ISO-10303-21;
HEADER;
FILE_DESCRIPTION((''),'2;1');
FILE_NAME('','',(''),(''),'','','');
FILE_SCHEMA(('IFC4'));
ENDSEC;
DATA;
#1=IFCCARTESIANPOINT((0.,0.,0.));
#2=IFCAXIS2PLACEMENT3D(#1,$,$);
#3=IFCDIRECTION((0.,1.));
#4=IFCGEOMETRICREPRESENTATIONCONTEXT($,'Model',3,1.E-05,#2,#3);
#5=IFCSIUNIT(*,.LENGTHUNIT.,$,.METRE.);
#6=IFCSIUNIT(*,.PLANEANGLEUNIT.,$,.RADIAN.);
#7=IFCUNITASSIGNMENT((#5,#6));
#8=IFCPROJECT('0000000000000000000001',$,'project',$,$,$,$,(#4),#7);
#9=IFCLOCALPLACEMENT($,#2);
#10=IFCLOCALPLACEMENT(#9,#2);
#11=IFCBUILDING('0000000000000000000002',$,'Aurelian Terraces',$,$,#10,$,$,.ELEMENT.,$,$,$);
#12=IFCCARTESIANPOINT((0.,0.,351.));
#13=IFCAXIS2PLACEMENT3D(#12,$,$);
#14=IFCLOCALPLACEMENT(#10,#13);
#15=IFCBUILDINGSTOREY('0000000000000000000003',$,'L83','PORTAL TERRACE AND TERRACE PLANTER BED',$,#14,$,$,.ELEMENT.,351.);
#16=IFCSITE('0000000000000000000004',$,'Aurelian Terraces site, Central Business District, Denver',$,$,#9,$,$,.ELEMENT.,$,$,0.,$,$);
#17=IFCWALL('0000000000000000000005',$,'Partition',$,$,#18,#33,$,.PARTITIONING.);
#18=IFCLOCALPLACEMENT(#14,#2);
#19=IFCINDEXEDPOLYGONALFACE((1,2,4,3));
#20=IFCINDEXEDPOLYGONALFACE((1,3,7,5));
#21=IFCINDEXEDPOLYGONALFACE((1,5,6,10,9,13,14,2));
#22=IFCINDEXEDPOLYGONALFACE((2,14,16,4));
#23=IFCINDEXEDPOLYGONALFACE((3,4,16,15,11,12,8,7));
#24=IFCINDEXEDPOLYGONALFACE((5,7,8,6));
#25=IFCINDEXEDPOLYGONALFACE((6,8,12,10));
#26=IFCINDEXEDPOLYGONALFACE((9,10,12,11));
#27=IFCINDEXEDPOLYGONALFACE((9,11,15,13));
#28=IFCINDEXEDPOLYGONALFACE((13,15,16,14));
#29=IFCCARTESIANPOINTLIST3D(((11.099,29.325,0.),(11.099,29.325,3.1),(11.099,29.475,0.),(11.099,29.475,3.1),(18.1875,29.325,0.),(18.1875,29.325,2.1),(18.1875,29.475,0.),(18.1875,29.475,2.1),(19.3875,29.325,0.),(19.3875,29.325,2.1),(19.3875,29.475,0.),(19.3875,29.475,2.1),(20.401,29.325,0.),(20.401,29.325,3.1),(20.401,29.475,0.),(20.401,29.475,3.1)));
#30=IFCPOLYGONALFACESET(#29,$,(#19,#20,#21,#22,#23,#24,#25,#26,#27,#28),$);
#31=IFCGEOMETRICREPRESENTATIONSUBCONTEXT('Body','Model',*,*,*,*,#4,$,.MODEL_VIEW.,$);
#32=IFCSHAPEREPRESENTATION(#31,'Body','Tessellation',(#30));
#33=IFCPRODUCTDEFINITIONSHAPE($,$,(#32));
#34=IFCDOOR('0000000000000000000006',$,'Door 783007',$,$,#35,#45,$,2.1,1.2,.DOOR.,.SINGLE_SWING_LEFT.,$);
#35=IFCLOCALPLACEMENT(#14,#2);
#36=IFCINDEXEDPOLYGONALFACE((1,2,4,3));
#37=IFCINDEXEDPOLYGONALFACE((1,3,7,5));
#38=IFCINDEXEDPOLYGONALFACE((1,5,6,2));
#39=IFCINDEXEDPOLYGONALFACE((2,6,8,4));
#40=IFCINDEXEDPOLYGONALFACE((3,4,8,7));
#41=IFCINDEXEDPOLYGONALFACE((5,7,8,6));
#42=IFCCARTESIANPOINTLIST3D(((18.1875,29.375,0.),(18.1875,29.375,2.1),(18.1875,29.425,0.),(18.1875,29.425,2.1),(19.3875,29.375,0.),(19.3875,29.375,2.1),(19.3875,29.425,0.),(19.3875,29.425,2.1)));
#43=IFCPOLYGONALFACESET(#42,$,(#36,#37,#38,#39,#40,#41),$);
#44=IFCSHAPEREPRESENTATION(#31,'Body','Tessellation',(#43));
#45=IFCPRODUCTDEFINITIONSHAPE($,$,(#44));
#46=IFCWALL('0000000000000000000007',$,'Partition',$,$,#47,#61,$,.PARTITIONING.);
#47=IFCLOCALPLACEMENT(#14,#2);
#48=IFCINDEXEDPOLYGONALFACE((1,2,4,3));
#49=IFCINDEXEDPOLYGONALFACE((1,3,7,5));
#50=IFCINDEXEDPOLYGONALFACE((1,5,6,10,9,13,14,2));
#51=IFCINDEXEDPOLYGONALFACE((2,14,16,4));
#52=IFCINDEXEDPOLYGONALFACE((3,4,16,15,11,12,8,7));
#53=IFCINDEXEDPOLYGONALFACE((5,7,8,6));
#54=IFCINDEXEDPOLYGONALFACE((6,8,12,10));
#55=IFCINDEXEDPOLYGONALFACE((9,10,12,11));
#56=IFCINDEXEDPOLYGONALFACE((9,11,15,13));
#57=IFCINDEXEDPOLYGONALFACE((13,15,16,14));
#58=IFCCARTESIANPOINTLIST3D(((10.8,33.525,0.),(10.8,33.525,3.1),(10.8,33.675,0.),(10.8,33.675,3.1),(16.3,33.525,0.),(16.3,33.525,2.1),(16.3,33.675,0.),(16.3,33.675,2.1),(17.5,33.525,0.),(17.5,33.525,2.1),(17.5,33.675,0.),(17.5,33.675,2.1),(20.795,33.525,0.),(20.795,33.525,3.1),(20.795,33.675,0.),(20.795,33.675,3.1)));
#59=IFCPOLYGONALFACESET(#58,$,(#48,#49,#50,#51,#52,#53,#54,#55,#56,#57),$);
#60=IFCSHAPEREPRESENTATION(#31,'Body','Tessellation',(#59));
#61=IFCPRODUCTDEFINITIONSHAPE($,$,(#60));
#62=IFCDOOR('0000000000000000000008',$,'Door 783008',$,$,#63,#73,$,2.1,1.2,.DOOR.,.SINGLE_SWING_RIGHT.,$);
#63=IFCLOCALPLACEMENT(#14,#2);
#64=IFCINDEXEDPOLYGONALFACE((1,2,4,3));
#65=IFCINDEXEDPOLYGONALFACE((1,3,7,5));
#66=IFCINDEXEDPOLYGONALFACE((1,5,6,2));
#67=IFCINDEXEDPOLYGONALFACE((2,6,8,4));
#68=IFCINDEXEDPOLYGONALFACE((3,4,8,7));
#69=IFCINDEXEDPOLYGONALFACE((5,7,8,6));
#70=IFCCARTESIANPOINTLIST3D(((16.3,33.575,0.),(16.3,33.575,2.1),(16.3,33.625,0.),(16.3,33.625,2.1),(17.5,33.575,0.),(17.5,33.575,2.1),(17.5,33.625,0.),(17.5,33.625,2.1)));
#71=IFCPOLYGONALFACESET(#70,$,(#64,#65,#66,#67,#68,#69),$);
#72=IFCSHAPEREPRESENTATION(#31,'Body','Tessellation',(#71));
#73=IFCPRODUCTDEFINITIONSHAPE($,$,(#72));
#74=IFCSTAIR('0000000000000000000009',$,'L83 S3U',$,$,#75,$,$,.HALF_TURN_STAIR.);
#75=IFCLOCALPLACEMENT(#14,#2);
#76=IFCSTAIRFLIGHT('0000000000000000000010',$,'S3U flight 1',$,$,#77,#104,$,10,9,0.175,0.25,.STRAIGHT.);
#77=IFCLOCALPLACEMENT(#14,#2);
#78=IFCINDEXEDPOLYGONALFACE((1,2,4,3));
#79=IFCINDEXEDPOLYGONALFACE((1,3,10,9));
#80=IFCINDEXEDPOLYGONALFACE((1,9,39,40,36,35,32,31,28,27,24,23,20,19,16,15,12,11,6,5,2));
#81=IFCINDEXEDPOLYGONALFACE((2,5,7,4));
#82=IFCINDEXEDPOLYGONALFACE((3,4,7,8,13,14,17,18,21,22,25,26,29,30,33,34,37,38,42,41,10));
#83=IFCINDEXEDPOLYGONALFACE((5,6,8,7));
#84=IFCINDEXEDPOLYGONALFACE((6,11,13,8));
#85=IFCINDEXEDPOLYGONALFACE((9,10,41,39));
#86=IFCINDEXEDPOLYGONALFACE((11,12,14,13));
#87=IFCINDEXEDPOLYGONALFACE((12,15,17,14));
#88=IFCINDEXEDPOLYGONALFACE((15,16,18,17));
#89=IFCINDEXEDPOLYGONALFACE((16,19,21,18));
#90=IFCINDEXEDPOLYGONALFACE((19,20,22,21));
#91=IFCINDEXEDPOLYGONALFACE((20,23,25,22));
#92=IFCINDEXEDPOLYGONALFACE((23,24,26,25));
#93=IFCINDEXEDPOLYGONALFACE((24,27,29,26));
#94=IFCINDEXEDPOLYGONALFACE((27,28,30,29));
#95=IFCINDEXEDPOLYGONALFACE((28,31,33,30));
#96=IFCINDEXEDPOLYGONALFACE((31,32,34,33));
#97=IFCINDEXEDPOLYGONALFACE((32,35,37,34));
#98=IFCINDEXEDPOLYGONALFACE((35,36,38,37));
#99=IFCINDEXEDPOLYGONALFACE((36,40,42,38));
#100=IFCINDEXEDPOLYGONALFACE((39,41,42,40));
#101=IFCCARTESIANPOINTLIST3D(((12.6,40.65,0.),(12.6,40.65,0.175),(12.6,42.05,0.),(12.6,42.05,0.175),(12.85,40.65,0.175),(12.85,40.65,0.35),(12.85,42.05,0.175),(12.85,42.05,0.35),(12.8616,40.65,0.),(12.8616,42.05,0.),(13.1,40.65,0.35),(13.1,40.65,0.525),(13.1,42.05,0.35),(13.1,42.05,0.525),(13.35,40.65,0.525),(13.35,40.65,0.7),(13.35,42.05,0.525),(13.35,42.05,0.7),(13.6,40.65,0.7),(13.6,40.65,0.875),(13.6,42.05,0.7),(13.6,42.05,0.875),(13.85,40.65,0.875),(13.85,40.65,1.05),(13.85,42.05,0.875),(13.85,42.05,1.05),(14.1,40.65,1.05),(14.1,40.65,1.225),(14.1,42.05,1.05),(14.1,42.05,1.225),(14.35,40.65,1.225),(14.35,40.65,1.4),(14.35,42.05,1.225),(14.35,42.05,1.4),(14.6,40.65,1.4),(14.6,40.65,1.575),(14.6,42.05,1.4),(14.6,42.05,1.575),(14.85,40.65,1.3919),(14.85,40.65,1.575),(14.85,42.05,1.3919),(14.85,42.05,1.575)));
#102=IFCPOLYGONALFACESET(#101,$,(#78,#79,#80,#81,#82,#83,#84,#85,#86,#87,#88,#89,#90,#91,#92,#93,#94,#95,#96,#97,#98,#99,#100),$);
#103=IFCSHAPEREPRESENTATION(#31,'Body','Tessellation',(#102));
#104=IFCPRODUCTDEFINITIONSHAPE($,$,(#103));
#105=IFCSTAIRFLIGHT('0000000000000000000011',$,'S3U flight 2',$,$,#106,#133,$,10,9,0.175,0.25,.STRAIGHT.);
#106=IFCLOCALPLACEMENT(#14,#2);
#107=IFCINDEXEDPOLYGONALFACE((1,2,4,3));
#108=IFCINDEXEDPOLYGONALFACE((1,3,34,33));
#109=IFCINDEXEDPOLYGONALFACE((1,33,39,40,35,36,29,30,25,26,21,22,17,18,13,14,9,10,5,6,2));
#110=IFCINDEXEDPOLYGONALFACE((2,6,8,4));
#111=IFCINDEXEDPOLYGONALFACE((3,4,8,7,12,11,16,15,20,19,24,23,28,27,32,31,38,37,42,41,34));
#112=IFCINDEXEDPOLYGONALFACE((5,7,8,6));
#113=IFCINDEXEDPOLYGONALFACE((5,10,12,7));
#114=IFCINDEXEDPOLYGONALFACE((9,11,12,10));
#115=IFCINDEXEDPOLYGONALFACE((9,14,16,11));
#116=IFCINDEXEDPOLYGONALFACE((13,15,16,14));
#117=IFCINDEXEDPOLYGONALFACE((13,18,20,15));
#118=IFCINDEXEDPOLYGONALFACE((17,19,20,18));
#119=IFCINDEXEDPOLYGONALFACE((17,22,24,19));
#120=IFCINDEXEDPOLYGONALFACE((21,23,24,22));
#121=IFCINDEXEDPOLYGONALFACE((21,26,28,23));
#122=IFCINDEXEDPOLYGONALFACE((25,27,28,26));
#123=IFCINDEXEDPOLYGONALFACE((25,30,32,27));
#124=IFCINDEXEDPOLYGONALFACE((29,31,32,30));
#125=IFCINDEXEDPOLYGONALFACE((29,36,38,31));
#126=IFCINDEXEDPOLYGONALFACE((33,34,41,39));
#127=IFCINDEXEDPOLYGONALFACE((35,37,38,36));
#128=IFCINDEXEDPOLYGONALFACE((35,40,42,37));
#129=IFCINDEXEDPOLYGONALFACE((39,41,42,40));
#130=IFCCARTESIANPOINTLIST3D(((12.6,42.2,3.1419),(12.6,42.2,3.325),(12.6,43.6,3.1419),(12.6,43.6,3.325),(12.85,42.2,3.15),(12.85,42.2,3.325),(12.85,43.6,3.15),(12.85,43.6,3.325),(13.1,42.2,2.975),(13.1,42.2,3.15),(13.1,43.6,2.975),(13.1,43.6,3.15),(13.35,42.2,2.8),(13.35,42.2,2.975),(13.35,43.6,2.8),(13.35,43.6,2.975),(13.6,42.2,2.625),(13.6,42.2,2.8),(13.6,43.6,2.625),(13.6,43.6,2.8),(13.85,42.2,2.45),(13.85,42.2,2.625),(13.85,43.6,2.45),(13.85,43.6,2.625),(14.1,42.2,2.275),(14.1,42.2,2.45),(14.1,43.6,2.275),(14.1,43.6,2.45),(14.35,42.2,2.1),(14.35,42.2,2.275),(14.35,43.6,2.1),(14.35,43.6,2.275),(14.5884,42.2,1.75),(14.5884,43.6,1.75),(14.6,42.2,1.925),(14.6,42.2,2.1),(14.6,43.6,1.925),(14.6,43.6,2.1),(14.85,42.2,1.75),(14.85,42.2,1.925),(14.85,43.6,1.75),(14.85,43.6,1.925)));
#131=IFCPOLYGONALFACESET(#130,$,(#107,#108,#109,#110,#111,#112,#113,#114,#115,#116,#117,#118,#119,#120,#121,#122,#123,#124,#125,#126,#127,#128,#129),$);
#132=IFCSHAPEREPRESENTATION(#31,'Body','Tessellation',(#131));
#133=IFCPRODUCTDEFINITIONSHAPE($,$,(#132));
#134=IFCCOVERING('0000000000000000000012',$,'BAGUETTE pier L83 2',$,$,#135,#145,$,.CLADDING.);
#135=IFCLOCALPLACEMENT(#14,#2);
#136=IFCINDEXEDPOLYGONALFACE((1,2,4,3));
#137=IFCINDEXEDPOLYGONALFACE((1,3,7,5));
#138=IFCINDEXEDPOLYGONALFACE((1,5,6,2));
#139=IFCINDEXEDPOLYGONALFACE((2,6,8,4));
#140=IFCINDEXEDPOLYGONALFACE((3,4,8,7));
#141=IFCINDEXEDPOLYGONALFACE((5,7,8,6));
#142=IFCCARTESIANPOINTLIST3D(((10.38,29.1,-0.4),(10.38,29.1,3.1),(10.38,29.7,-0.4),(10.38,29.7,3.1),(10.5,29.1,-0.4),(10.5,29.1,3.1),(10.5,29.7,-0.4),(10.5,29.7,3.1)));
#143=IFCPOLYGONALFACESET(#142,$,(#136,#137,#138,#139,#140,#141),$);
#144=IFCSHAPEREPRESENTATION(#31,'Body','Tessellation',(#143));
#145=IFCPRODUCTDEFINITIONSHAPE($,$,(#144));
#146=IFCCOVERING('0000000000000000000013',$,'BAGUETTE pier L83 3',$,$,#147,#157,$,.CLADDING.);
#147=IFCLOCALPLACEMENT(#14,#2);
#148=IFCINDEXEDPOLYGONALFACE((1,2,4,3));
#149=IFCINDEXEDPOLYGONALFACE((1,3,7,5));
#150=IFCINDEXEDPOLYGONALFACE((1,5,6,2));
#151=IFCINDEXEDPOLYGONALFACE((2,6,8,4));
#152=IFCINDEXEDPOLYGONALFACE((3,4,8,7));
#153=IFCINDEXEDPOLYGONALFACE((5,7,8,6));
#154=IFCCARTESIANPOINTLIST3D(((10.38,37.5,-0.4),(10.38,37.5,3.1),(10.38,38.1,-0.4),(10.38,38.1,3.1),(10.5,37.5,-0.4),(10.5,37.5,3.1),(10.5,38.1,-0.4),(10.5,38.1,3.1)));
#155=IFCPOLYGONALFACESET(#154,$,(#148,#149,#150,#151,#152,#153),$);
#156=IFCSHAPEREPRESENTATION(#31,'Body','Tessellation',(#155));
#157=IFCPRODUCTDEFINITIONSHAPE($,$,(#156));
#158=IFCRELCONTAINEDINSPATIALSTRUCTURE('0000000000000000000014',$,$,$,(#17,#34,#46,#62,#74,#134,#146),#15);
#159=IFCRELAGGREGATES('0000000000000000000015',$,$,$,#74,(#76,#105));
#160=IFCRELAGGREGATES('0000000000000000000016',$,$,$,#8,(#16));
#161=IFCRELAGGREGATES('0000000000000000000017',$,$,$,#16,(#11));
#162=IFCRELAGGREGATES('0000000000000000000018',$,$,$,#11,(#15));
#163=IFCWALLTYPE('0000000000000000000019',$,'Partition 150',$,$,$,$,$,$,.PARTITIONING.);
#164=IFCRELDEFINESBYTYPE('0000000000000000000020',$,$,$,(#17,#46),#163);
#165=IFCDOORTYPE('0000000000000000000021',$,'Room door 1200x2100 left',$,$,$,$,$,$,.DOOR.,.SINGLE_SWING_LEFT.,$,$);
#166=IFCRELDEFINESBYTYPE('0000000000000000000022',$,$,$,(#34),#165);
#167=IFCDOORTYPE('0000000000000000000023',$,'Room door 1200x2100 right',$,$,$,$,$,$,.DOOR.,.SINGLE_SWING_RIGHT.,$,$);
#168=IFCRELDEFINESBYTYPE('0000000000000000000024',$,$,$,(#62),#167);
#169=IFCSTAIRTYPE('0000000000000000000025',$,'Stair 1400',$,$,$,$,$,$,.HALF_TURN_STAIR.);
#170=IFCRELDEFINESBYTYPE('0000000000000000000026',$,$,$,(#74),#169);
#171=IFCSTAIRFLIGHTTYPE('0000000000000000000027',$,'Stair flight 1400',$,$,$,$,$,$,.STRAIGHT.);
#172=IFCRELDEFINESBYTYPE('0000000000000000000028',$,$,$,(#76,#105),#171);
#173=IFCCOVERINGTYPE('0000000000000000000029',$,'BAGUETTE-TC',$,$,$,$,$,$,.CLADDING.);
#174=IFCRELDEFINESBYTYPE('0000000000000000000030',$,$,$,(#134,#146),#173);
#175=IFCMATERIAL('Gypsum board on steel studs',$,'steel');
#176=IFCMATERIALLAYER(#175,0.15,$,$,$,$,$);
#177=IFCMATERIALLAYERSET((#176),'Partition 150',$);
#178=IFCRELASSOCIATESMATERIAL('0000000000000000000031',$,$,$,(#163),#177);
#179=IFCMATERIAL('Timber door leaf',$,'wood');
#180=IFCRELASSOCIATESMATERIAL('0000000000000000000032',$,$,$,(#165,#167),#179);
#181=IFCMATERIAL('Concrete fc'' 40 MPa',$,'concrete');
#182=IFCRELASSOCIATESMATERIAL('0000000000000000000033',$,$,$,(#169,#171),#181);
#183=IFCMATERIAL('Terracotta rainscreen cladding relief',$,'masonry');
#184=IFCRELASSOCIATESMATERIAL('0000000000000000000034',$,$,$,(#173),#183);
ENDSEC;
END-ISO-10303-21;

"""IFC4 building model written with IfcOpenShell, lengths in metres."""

from ifc_helpers import new_model, si_unit, direction, frame, frame_2d, origin, origin_2d, place, context, subcontext, project, spatial, polyline, rectangle, outline, extrude, source, transform, mapped, material, layer, layer_set, type_object, element, fill, aggregate, save


model = new_model("IFC4")

# Units and contexts
model_context = context("Model", 3, precision=1e-05, world=origin(), true_north=direction((0.0, 1.0)))
body_context = subcontext(model_context, "Body", "Model", "MODEL_VIEW")
ifc_project = project(units=[si_unit("LENGTHUNIT", "METRE"), si_unit("PLANEANGLEUNIT", "RADIAN")], contexts=[model_context])

# Site, building, storey
site_placement = place(None, origin())
site = spatial("IfcSite", under=ifc_project, at=site_placement, Name="Aurelian Terraces site, Central Business District, Denver", CompositionType="ELEMENT", RefElevation=0.0)
building_placement = place(site_placement, origin())
building = spatial("IfcBuilding", under=site, at=building_placement, Name="Aurelian Terraces", CompositionType="ELEMENT")
storey_placement = place(building_placement, frame((0.0, 0.0, 351.0)))
storey = spatial("IfcBuildingStorey", under=building, at=storey_placement, Name="L83", Description="PORTAL TERRACE AND TERRACE PLANTER BED", CompositionType="ELEMENT", Elevation=351.0)

# Shared definitions
ifc_material_1 = material(Name="Concrete fc' 40 MPa", Category="concrete")

# Shared definitions
ifc_material_2 = material(Name="Timber door leaf", Category="wood")

# Shared definitions
ifc_material_3 = material(Name="Gypsum board on steel studs", Category="steel")

# Walls, openings, doors
ifc_layer_1 = layer(ifc_material_3, 0.15)
ifc_layer_set_1 = layer_set([ifc_layer_1], Name="Partition 150")
wall_type_1 = type_object("IfcWallType", Name="Partition 150", PredefinedType="PARTITIONING", material=ifc_layer_set_1)
shared_shape_1 = source(origin(), body_context, "Body", "SweptSolid", [
    extrude(rectangle(XDim=9.302, YDim=0.15, at=frame_2d((4.651, 0.0))), origin(), (0.0, 0.0, 1.0), 3.1),
])
wall_1_placement = place(storey_placement, frame((11.099, 29.4, 0.0), z_axis=(0.0, 0.0, 1.0), x_axis=(1.0, 0.0, 0.0)))
wall_1 = element("IfcWall", 1, at=wall_1_placement, inside=storey, type_object=wall_type_1, Name="Partition", PredefinedType="PARTITIONING", context=body_context, shape_type="MappedRepresentation", body=[
    mapped(shared_shape_1, transform((0.0, 0.0, 0.0), scale=1.0)),
])
shared_shape_2 = source(origin(), body_context, "Body", "SweptSolid", [
    extrude(rectangle(XDim=1.2, YDim=2.1, at=frame_2d((0.6, 1.05))), frame((0.0, 0.085, 0.0), z_axis=(0.0, -1.0, 0.0), x_axis=(1.0, 0.0, 0.0)), (0.0, 0.0, 1.0), 0.17),
])
opening_1_placement = place(wall_1_placement, frame((7.0885, 0.0, 0.0)))
opening_1 = element("IfcOpeningElement", 2, at=opening_1_placement, cuts=wall_1, PredefinedType="OPENING", context=body_context, shape_type="MappedRepresentation", body=[
    mapped(shared_shape_2, transform((0.0, 0.0, 0.0), scale=1.0)),
])
door_type_1 = type_object("IfcDoorType", Name="Room door 1200x2100 left", OperationType="SINGLE_SWING_LEFT", PredefinedType="DOOR", material=ifc_material_2)
shared_shape_3 = source(origin(), body_context, "Body", "SweptSolid", [
    extrude(rectangle(XDim=1.2, YDim=2.1, at=frame_2d((0.6, 1.05))), frame((0.0, 0.025, 0.0), z_axis=(0.0, -1.0, 0.0), x_axis=(1.0, 0.0, 0.0)), (0.0, 0.0, 1.0), 0.05),
])
door_1_placement = place(opening_1_placement, origin())
door_1 = element("IfcDoor", 3, at=door_1_placement, inside=storey, type_object=door_type_1, Name="Door 783007", OperationType="SINGLE_SWING_LEFT", OverallHeight=2.1, OverallWidth=1.2, PredefinedType="DOOR", context=body_context, shape_type="MappedRepresentation", body=[
    mapped(shared_shape_3, transform((0.0, 0.0, 0.0), scale=1.0)),
])
fill(opening_1, door_1)
shared_shape_4 = source(origin(), body_context, "Body", "SweptSolid", [
    extrude(rectangle(XDim=9.995, YDim=0.15, at=frame_2d((4.9975, 0.0))), origin(), (0.0, 0.0, 1.0), 3.1),
])
wall_2_placement = place(storey_placement, frame((10.8, 33.6, 0.0), z_axis=(0.0, 0.0, 1.0), x_axis=(1.0, 0.0, 0.0)))
wall_2 = element("IfcWall", 4, at=wall_2_placement, inside=storey, type_object=wall_type_1, Name="Partition", PredefinedType="PARTITIONING", context=body_context, shape_type="MappedRepresentation", body=[
    mapped(shared_shape_4, transform((0.0, 0.0, 0.0), scale=1.0)),
])
opening_2_placement = place(wall_2_placement, frame((5.5, 0.0, 0.0)))
opening_2 = element("IfcOpeningElement", 5, at=opening_2_placement, cuts=wall_2, PredefinedType="OPENING", context=body_context, shape_type="MappedRepresentation", body=[
    mapped(shared_shape_2, transform((0.0, 0.0, 0.0), scale=1.0)),
])
door_type_2 = type_object("IfcDoorType", Name="Room door 1200x2100 right", OperationType="SINGLE_SWING_RIGHT", PredefinedType="DOOR", material=ifc_material_2)
door_2_placement = place(opening_2_placement, origin())
door_2 = element("IfcDoor", 6, at=door_2_placement, inside=storey, type_object=door_type_2, Name="Door 783008", OperationType="SINGLE_SWING_RIGHT", OverallHeight=2.1, OverallWidth=1.2, PredefinedType="DOOR", context=body_context, shape_type="MappedRepresentation", body=[
    mapped(shared_shape_3, transform((0.0, 0.0, 0.0), scale=1.0)),
])
fill(opening_2, door_2)

# Stair, stair flights
stair_type = type_object("IfcStairType", Name="Stair 1400", PredefinedType="HALF_TURN_STAIR", material=ifc_material_1)
stair_placement = place(storey_placement, origin())
stair = element("IfcStair", 7, at=stair_placement, inside=storey, type_object=stair_type, Name="L83 S3U", PredefinedType="HALF_TURN_STAIR")
stair_flight_type = type_object("IfcStairFlightType", Name="Stair flight 1400", PredefinedType="STRAIGHT", material=ifc_material_1)
shared_shape_5 = source(origin(), body_context, "Body", "SweptSolid", [
    extrude(outline(polyline([(0.0, 0.0), (0.0, 0.175), (0.25, 0.175), (0.25, 0.35), (0.5, 0.35), (0.5, 0.525), (0.75, 0.525), (0.75, 0.7), (1.0, 0.7), (1.0, 0.875), (1.25, 0.875), (1.25, 1.05), (1.5, 1.05), (1.5, 1.225), (1.75, 1.225), (1.75, 1.4), (2.0, 1.4), (2.0, 1.575), (2.25, 1.575), (2.25, 1.75), (2.25, 1.3919), (0.2616, 0.0), (0.0, 0.0)])), frame((0.0, 0.7, 0.0), z_axis=(0.0, -1.0, 0.0), x_axis=(1.0, 0.0, 0.0)), (0.0, 0.0, 1.0), 1.4),
])
stair_flight_1_placement = place(storey_placement, frame((12.6, 41.35, 0.0), z_axis=(0.0, 0.0, 1.0), x_axis=(1.0, 0.0, 0.0)))
stair_flight_1 = element("IfcStairFlight", 8, at=stair_flight_1_placement, type_object=stair_flight_type, Name="S3U flight 1", NumberOfRisers=10, NumberOfTreads=9, PredefinedType="STRAIGHT", RiserHeight=0.175, TreadLength=0.25, context=body_context, shape_type="MappedRepresentation", body=[
    mapped(shared_shape_5, transform((0.0, 0.0, 0.0), scale=1.0)),
])
stair_flight_2_placement = place(storey_placement, frame((14.85, 42.9, 1.75), z_axis=(0.0, 0.0, 1.0), x_axis=(-1.0, 0.0, 0.0)))
stair_flight_2 = element("IfcStairFlight", 9, at=stair_flight_2_placement, type_object=stair_flight_type, Name="S3U flight 2", NumberOfRisers=10, NumberOfTreads=9, PredefinedType="STRAIGHT", RiserHeight=0.175, TreadLength=0.25, context=body_context, shape_type="MappedRepresentation", body=[
    mapped(shared_shape_5, transform((0.0, 0.0, 0.0), scale=1.0)),
])
aggregate(stair, [stair_flight_1, stair_flight_2])

# Coverings
ifc_material_4 = material(Name="Terracotta rainscreen cladding relief", Category="masonry")
covering_type = type_object("IfcCoveringType", Name="BAGUETTE-TC", PredefinedType="CLADDING", material=ifc_material_4)
shared_shape_6 = source(origin(), body_context, "Body", "SweptSolid", [
    extrude(rectangle(XDim=0.12, YDim=0.6, at=origin_2d()), origin(), (0.0, 0.0, 1.0), 3.5),
])
for number, where, z_axis, x_axis, name in (
    (10, (10.44, 29.4, -0.4), (0.0, 0.0, 1.0), (1.0, 0.0, 0.0), "BAGUETTE pier L83 2"),
    (11, (10.44, 37.8, -0.4), (0.0, 0.0, 1.0), (1.0, 0.0, 0.0), "BAGUETTE pier L83 3"),
):
    element("IfcCovering", number, at=place(storey_placement, frame(where, z_axis=z_axis, x_axis=x_axis)), inside=storey, type_object=covering_type, Name=name, PredefinedType="CLADDING", context=body_context, shape_type="MappedRepresentation", body=[
        mapped(shared_shape_6, transform((0.0, 0.0, 0.0), scale=1.0)),
    ])

save(model, "model.ifc")
